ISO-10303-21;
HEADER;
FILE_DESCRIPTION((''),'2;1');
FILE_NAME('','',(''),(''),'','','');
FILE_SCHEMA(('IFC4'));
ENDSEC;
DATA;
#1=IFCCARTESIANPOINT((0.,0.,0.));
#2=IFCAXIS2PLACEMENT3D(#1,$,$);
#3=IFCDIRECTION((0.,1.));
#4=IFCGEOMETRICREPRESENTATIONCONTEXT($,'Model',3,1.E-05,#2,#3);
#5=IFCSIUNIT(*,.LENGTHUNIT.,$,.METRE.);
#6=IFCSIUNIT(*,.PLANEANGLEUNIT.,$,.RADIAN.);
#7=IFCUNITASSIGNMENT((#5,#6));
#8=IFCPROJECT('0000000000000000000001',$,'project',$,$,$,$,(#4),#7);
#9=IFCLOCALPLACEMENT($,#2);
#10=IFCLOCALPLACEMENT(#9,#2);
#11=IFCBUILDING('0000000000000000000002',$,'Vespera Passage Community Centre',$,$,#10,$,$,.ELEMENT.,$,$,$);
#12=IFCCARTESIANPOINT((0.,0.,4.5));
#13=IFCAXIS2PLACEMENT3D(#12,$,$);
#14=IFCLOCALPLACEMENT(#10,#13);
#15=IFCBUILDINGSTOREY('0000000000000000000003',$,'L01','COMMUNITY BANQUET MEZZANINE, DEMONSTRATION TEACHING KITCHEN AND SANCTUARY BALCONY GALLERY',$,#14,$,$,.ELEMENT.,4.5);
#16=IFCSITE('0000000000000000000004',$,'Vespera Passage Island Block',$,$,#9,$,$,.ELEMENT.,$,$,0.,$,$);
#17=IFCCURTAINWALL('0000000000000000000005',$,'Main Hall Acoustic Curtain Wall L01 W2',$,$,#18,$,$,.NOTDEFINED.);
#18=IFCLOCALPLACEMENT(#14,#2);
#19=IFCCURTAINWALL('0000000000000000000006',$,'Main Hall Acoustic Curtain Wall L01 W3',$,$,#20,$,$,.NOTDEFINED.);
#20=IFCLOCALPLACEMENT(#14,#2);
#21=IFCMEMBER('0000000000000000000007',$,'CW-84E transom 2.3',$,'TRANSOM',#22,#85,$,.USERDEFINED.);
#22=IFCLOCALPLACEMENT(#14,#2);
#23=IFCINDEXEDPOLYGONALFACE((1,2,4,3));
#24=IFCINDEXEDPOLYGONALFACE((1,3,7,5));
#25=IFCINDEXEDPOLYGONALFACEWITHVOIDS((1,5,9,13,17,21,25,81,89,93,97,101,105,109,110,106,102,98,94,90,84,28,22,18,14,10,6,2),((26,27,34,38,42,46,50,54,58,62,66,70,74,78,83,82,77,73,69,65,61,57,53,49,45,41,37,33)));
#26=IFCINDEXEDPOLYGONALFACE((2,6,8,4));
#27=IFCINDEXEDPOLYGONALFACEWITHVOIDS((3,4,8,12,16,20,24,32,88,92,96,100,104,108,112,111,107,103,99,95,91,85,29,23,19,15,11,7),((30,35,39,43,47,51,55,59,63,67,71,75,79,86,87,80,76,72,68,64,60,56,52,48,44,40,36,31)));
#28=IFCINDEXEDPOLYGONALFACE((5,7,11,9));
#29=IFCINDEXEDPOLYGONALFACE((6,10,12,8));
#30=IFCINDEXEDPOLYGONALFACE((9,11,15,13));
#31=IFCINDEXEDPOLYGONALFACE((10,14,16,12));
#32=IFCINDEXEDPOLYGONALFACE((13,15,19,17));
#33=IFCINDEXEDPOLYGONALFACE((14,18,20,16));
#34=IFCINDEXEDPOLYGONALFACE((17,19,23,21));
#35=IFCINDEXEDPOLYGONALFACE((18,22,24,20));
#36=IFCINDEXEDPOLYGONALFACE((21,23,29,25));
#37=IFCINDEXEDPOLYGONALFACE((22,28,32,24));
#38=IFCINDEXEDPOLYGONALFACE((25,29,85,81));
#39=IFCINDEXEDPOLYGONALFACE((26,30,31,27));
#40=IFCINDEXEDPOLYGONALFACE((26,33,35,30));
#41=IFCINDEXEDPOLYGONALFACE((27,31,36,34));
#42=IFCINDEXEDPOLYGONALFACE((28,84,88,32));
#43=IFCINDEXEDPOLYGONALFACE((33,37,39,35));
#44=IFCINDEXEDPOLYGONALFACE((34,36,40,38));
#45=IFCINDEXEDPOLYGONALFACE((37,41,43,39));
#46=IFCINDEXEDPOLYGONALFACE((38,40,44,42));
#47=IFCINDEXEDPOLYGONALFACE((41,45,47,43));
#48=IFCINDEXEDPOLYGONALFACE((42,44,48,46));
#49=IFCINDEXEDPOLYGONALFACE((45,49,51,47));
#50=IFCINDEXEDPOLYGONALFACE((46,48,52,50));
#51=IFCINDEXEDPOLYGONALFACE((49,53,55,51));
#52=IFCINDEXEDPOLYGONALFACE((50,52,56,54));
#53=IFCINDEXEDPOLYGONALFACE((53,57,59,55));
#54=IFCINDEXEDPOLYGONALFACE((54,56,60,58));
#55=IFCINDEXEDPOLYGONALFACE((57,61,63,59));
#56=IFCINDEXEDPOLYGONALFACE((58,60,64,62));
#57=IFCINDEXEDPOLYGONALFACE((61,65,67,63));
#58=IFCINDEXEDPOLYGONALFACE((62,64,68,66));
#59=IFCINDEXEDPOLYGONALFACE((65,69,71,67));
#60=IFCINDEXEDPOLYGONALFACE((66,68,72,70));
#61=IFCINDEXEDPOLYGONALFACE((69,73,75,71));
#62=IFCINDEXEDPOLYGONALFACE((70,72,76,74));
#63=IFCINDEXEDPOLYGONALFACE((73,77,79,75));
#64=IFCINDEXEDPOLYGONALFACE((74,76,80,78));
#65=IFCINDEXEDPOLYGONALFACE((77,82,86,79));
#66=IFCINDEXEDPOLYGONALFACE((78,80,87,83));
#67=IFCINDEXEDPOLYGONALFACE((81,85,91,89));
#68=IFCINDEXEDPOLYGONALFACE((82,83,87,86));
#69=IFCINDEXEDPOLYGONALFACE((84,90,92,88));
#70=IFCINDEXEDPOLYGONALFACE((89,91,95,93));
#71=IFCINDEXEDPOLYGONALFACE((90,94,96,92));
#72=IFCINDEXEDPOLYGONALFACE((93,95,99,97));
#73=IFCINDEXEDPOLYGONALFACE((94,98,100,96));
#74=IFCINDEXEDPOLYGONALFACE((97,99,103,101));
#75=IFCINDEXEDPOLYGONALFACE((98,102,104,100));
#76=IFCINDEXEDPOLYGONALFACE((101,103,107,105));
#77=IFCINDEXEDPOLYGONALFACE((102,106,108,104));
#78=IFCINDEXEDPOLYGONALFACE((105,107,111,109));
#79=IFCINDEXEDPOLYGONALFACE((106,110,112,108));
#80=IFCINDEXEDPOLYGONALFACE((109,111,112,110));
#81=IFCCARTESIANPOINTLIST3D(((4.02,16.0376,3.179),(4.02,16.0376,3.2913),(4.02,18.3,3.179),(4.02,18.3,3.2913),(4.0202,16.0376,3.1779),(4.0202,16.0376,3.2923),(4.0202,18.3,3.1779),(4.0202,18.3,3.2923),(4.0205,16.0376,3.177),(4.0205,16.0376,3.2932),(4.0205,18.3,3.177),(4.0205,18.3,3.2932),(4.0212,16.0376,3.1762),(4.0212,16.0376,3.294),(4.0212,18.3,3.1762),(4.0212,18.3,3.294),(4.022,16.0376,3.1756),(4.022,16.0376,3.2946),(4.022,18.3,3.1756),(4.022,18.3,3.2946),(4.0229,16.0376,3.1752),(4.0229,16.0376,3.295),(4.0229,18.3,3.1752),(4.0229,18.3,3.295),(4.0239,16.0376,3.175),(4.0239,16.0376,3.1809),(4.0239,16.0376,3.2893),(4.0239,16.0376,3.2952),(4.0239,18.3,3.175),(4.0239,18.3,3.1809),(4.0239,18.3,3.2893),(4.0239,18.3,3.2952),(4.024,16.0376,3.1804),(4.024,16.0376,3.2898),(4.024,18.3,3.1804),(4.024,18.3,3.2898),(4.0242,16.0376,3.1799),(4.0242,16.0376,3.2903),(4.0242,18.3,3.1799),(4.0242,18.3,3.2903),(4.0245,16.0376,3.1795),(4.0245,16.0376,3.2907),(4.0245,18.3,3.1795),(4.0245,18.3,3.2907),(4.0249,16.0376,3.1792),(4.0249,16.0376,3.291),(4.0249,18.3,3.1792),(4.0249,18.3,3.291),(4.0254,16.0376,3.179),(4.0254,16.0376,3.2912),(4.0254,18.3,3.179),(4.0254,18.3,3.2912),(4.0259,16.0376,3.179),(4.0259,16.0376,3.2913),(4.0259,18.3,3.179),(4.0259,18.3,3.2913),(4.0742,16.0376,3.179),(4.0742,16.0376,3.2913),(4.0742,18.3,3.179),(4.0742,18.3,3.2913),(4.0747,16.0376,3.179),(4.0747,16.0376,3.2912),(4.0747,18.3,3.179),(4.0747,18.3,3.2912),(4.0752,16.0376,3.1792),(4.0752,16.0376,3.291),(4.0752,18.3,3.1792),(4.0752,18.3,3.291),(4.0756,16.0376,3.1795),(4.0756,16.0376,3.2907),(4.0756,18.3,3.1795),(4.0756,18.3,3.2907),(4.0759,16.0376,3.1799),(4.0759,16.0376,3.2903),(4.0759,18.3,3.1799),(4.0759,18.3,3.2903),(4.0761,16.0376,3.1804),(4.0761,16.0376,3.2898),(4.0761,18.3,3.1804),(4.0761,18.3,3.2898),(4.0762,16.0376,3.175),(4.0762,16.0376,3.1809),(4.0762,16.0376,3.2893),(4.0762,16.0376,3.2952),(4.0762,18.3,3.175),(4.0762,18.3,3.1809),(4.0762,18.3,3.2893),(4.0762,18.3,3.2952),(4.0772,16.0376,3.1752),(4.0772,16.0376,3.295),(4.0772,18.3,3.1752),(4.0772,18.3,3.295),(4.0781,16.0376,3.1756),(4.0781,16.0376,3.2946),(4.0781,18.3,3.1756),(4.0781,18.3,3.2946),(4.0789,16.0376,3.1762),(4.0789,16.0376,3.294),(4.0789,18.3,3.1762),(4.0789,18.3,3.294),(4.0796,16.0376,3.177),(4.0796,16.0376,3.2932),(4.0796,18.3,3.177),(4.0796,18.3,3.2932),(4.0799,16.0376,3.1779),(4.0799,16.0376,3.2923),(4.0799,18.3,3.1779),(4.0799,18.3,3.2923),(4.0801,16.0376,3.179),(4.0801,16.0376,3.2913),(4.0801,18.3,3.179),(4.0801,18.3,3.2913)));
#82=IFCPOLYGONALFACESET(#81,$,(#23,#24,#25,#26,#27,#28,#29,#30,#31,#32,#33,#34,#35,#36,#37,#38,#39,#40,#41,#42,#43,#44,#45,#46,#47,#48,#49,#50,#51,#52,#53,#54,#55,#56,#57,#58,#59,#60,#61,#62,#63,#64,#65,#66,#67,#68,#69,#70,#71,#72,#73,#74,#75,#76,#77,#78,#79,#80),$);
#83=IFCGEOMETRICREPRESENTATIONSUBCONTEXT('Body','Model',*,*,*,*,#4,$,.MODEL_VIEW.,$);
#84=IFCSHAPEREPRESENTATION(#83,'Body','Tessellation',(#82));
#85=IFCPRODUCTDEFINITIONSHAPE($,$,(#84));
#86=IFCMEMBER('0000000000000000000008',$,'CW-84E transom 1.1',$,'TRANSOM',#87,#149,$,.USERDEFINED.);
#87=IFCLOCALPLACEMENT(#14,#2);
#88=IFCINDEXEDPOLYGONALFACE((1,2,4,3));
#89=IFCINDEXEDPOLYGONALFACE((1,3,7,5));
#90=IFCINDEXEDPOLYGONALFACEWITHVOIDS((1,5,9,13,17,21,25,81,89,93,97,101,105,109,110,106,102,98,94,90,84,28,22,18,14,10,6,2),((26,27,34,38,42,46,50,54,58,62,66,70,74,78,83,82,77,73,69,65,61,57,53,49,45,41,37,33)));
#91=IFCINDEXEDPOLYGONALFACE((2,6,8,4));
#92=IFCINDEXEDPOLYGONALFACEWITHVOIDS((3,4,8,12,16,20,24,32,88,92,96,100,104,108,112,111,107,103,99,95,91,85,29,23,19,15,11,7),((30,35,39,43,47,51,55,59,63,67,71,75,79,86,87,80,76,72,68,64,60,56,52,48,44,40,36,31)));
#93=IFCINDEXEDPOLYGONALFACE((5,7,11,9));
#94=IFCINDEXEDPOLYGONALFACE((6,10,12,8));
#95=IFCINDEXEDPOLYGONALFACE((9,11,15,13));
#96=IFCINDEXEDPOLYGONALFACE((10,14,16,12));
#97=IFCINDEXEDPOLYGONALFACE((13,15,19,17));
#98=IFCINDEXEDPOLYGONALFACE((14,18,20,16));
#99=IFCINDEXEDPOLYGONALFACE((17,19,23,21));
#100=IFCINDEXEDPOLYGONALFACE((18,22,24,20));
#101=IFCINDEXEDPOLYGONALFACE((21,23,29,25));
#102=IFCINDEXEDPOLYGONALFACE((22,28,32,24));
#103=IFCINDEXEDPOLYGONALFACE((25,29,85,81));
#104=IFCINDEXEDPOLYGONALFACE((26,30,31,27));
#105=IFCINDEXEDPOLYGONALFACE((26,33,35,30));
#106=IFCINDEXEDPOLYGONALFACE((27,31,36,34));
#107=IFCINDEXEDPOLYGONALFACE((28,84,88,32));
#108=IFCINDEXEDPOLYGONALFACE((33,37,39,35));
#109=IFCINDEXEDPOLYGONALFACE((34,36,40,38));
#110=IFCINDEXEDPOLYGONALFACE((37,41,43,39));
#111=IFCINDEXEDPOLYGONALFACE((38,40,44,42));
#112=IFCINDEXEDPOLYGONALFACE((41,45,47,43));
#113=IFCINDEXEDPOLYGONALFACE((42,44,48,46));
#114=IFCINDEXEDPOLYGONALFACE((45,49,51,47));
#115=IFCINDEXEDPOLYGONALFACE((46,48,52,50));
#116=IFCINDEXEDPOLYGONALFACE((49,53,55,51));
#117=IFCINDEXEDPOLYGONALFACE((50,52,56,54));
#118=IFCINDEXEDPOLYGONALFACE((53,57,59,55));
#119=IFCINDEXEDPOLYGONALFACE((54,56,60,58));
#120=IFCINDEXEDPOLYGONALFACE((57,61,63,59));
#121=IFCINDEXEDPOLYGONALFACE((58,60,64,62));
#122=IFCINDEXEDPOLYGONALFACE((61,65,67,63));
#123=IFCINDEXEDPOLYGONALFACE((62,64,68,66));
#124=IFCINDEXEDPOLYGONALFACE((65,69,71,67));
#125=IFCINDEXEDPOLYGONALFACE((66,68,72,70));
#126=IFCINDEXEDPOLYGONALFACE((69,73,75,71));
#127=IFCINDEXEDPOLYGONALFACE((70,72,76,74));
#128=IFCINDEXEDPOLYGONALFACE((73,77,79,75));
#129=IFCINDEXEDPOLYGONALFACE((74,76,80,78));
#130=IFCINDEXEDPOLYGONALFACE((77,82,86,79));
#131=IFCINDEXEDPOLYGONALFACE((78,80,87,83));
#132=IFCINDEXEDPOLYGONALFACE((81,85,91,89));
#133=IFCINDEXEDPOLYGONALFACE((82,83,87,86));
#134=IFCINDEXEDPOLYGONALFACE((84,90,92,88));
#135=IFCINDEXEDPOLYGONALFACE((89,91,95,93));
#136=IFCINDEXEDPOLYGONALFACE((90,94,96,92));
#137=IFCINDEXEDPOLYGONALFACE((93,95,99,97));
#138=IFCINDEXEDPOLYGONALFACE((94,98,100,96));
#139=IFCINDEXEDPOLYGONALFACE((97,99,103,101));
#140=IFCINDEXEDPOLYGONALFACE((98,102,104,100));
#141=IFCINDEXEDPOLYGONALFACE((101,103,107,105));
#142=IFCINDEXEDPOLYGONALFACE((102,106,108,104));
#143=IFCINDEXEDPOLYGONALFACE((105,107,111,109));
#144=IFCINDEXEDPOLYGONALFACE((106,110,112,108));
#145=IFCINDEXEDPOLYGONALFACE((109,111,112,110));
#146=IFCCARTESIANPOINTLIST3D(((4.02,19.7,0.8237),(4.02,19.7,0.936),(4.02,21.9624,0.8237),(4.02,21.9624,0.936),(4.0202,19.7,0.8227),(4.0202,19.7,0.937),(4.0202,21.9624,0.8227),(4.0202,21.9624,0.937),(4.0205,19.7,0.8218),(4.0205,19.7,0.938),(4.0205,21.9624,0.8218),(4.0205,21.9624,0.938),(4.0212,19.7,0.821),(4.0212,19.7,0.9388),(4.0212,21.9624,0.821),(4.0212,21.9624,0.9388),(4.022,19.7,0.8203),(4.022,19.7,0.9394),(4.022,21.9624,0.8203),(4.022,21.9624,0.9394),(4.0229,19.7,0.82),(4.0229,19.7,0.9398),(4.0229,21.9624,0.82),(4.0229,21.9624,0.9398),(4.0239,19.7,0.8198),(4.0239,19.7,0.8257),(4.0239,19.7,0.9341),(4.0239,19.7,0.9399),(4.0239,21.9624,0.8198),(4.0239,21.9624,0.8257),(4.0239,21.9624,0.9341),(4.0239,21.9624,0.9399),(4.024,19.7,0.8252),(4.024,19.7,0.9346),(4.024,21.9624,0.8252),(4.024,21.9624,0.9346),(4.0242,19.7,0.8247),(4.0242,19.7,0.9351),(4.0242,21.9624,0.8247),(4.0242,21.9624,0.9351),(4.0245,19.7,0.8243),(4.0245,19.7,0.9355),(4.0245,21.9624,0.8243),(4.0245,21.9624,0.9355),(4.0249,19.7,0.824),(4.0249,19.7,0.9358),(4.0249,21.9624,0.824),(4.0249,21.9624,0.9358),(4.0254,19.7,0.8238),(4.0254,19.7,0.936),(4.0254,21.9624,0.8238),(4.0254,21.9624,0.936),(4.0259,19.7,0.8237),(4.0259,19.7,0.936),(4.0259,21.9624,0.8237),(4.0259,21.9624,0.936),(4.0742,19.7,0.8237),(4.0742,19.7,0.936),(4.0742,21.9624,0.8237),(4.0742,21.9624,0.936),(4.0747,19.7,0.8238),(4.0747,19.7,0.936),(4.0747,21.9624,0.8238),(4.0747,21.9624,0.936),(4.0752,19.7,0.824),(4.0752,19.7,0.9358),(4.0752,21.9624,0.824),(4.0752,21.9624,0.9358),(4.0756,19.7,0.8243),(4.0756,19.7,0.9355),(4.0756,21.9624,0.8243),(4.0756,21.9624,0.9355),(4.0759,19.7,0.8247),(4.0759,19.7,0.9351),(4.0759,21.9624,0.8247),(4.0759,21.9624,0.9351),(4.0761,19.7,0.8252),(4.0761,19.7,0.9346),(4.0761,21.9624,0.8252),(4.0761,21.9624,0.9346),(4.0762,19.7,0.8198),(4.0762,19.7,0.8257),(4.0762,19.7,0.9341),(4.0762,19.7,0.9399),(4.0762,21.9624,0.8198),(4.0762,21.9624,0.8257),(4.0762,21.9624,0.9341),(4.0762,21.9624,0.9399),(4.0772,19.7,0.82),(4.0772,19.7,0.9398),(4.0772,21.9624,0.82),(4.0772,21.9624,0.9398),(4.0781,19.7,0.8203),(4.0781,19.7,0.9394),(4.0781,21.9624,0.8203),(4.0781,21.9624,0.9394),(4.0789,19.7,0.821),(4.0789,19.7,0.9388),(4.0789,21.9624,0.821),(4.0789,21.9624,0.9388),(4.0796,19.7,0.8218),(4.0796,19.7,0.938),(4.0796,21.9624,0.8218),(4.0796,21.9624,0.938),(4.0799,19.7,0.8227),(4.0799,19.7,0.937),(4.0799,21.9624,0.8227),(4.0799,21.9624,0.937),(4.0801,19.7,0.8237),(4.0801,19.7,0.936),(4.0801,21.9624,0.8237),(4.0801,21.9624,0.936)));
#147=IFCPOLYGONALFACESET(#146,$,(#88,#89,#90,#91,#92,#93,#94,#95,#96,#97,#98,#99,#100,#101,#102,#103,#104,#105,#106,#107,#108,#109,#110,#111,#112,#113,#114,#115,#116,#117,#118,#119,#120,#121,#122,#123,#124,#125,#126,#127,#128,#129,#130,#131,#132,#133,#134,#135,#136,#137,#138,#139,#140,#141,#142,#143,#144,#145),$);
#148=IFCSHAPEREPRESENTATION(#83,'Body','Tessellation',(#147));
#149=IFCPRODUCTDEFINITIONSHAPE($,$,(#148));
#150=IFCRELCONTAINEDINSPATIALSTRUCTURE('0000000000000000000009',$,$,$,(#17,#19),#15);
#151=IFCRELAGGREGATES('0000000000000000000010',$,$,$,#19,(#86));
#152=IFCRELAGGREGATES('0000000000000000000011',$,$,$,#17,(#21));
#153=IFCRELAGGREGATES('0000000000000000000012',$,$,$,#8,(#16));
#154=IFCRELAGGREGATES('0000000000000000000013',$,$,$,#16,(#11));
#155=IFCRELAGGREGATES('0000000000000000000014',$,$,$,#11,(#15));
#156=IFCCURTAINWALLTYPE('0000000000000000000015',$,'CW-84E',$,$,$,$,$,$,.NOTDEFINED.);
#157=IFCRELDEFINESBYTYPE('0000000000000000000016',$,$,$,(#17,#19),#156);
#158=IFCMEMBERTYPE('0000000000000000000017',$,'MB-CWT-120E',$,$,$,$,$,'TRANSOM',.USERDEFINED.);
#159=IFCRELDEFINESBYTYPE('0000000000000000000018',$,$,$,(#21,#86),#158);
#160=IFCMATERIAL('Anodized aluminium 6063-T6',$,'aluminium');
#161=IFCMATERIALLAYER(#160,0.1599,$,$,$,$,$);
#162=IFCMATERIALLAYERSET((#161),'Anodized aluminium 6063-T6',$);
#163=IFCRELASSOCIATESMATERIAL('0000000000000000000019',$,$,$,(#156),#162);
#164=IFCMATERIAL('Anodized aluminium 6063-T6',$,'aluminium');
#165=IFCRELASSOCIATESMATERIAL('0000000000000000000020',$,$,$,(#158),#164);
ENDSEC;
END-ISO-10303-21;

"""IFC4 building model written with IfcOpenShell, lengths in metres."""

from ifc_helpers import new_model, si_unit, direction, frame, origin, origin_2d, place, context, subcontext, project, spatial, hollow_rectangle, extrude, material, layer, layer_set, material_profile, profile_set, type_object, element, aggregate, save


model = new_model("IFC4")

# Units and contexts
model_context = context("Model", 3, precision=1e-05, world=origin(), true_north=direction((0.0, 1.0)))
body_context = subcontext(model_context, "Body", "Model", "MODEL_VIEW")
ifc_project = project(units=[si_unit("LENGTHUNIT", "METRE"), si_unit("PLANEANGLEUNIT", "RADIAN")], contexts=[model_context])

# Site, building, storey
site_placement = place(None, origin())
site = spatial("IfcSite", under=ifc_project, at=site_placement, Name="Vespera Passage Island Block", CompositionType="ELEMENT", RefElevation=0.0)
building_placement = place(site_placement, origin())
building = spatial("IfcBuilding", under=site, at=building_placement, Name="Vespera Passage Community Centre", CompositionType="ELEMENT")
storey_placement = place(building_placement, frame((0.0, 0.0, 4.5)))
storey = spatial("IfcBuildingStorey", under=building, at=storey_placement, Name="L01", Description="COMMUNITY BANQUET MEZZANINE, DEMONSTRATION TEACHING KITCHEN AND SANCTUARY BALCONY GALLERY", CompositionType="ELEMENT", Elevation=4.5)

# Curtain wall
ifc_material_1 = material(Name="Anodized aluminium 6063-T6", Category="aluminium")
ifc_layer_1 = layer(ifc_material_1, 0.1599)
ifc_layer_set_1 = layer_set([ifc_layer_1], Name="Anodized aluminium 6063-T6")
curtain_wall_type = type_object("IfcCurtainWallType", Name="CW-84E", PredefinedType="NOTDEFINED", material=ifc_layer_set_1)
curtain_wall_1_placement = place(storey_placement, origin())
curtain_wall_1 = element("IfcCurtainWall", 1, at=curtain_wall_1_placement, inside=storey, type_object=curtain_wall_type, Name="Main Hall Acoustic Curtain Wall L01 W2", PredefinedType="NOTDEFINED")

# Curtain wall
curtain_wall_2_placement = place(storey_placement, origin())
curtain_wall_2 = element("IfcCurtainWall", 2, at=curtain_wall_2_placement, inside=storey, type_object=curtain_wall_type, Name="Main Hall Acoustic Curtain Wall L01 W3", PredefinedType="NOTDEFINED")

# Members
ifc_material_2 = material(Name="Anodized aluminium 6063-T6", Category="aluminium")
ifc_material_profile_1 = material_profile(ifc_material_2, hollow_rectangle(XDim=0.0601, YDim=0.1201, WallThickness=0.0039, InnerFilletRadius=0.002, OuterFilletRadius=0.0039, at=origin_2d()), Name="ALU120X60X4")
ifc_profile_set_1 = profile_set([ifc_material_profile_1], Name="Anodized aluminium 6063-T6")
member_type_1 = type_object("IfcMemberType", Name="MB-CWT-120E", ElementType="TRANSOM", PredefinedType="USERDEFINED", material=ifc_profile_set_1)
member_1_placement = place(storey_placement, frame((4.05, 16.0376, 3.2351), z_axis=(0.0, 1.0, 0.0), x_axis=(-1.0, 0.0, 0.0)))
member_1 = element("IfcMember", 3, at=member_1_placement, type_object=member_type_1, Name="CW-84E transom 2.3", ObjectType="TRANSOM", PredefinedType="USERDEFINED", context=body_context, shape_type="SweptSolid", body=[
    extrude(hollow_rectangle(XDim=0.0601, YDim=0.1201, WallThickness=0.0039, InnerFilletRadius=0.002, OuterFilletRadius=0.0039, at=origin_2d()), origin(), (0.0, 0.0, 1.0), 2.2625),
])
member_2_placement = place(storey_placement, frame((4.05, 19.7, 0.8799), z_axis=(0.0, 1.0, 0.0), x_axis=(-1.0, 0.0, 0.0)))
member_2 = element("IfcMember", 4, at=member_2_placement, type_object=member_type_1, Name="CW-84E transom 1.1", ObjectType="TRANSOM", PredefinedType="USERDEFINED", context=body_context, shape_type="SweptSolid", body=[
    extrude(hollow_rectangle(XDim=0.0601, YDim=0.1201, WallThickness=0.0039, InnerFilletRadius=0.002, OuterFilletRadius=0.0039, at=origin_2d()), origin(), (0.0, 0.0, 1.0), 2.2625),
])
aggregate(curtain_wall_2, [member_2])

aggregate(curtain_wall_1, [member_1])

save(model, "model.ifc")
